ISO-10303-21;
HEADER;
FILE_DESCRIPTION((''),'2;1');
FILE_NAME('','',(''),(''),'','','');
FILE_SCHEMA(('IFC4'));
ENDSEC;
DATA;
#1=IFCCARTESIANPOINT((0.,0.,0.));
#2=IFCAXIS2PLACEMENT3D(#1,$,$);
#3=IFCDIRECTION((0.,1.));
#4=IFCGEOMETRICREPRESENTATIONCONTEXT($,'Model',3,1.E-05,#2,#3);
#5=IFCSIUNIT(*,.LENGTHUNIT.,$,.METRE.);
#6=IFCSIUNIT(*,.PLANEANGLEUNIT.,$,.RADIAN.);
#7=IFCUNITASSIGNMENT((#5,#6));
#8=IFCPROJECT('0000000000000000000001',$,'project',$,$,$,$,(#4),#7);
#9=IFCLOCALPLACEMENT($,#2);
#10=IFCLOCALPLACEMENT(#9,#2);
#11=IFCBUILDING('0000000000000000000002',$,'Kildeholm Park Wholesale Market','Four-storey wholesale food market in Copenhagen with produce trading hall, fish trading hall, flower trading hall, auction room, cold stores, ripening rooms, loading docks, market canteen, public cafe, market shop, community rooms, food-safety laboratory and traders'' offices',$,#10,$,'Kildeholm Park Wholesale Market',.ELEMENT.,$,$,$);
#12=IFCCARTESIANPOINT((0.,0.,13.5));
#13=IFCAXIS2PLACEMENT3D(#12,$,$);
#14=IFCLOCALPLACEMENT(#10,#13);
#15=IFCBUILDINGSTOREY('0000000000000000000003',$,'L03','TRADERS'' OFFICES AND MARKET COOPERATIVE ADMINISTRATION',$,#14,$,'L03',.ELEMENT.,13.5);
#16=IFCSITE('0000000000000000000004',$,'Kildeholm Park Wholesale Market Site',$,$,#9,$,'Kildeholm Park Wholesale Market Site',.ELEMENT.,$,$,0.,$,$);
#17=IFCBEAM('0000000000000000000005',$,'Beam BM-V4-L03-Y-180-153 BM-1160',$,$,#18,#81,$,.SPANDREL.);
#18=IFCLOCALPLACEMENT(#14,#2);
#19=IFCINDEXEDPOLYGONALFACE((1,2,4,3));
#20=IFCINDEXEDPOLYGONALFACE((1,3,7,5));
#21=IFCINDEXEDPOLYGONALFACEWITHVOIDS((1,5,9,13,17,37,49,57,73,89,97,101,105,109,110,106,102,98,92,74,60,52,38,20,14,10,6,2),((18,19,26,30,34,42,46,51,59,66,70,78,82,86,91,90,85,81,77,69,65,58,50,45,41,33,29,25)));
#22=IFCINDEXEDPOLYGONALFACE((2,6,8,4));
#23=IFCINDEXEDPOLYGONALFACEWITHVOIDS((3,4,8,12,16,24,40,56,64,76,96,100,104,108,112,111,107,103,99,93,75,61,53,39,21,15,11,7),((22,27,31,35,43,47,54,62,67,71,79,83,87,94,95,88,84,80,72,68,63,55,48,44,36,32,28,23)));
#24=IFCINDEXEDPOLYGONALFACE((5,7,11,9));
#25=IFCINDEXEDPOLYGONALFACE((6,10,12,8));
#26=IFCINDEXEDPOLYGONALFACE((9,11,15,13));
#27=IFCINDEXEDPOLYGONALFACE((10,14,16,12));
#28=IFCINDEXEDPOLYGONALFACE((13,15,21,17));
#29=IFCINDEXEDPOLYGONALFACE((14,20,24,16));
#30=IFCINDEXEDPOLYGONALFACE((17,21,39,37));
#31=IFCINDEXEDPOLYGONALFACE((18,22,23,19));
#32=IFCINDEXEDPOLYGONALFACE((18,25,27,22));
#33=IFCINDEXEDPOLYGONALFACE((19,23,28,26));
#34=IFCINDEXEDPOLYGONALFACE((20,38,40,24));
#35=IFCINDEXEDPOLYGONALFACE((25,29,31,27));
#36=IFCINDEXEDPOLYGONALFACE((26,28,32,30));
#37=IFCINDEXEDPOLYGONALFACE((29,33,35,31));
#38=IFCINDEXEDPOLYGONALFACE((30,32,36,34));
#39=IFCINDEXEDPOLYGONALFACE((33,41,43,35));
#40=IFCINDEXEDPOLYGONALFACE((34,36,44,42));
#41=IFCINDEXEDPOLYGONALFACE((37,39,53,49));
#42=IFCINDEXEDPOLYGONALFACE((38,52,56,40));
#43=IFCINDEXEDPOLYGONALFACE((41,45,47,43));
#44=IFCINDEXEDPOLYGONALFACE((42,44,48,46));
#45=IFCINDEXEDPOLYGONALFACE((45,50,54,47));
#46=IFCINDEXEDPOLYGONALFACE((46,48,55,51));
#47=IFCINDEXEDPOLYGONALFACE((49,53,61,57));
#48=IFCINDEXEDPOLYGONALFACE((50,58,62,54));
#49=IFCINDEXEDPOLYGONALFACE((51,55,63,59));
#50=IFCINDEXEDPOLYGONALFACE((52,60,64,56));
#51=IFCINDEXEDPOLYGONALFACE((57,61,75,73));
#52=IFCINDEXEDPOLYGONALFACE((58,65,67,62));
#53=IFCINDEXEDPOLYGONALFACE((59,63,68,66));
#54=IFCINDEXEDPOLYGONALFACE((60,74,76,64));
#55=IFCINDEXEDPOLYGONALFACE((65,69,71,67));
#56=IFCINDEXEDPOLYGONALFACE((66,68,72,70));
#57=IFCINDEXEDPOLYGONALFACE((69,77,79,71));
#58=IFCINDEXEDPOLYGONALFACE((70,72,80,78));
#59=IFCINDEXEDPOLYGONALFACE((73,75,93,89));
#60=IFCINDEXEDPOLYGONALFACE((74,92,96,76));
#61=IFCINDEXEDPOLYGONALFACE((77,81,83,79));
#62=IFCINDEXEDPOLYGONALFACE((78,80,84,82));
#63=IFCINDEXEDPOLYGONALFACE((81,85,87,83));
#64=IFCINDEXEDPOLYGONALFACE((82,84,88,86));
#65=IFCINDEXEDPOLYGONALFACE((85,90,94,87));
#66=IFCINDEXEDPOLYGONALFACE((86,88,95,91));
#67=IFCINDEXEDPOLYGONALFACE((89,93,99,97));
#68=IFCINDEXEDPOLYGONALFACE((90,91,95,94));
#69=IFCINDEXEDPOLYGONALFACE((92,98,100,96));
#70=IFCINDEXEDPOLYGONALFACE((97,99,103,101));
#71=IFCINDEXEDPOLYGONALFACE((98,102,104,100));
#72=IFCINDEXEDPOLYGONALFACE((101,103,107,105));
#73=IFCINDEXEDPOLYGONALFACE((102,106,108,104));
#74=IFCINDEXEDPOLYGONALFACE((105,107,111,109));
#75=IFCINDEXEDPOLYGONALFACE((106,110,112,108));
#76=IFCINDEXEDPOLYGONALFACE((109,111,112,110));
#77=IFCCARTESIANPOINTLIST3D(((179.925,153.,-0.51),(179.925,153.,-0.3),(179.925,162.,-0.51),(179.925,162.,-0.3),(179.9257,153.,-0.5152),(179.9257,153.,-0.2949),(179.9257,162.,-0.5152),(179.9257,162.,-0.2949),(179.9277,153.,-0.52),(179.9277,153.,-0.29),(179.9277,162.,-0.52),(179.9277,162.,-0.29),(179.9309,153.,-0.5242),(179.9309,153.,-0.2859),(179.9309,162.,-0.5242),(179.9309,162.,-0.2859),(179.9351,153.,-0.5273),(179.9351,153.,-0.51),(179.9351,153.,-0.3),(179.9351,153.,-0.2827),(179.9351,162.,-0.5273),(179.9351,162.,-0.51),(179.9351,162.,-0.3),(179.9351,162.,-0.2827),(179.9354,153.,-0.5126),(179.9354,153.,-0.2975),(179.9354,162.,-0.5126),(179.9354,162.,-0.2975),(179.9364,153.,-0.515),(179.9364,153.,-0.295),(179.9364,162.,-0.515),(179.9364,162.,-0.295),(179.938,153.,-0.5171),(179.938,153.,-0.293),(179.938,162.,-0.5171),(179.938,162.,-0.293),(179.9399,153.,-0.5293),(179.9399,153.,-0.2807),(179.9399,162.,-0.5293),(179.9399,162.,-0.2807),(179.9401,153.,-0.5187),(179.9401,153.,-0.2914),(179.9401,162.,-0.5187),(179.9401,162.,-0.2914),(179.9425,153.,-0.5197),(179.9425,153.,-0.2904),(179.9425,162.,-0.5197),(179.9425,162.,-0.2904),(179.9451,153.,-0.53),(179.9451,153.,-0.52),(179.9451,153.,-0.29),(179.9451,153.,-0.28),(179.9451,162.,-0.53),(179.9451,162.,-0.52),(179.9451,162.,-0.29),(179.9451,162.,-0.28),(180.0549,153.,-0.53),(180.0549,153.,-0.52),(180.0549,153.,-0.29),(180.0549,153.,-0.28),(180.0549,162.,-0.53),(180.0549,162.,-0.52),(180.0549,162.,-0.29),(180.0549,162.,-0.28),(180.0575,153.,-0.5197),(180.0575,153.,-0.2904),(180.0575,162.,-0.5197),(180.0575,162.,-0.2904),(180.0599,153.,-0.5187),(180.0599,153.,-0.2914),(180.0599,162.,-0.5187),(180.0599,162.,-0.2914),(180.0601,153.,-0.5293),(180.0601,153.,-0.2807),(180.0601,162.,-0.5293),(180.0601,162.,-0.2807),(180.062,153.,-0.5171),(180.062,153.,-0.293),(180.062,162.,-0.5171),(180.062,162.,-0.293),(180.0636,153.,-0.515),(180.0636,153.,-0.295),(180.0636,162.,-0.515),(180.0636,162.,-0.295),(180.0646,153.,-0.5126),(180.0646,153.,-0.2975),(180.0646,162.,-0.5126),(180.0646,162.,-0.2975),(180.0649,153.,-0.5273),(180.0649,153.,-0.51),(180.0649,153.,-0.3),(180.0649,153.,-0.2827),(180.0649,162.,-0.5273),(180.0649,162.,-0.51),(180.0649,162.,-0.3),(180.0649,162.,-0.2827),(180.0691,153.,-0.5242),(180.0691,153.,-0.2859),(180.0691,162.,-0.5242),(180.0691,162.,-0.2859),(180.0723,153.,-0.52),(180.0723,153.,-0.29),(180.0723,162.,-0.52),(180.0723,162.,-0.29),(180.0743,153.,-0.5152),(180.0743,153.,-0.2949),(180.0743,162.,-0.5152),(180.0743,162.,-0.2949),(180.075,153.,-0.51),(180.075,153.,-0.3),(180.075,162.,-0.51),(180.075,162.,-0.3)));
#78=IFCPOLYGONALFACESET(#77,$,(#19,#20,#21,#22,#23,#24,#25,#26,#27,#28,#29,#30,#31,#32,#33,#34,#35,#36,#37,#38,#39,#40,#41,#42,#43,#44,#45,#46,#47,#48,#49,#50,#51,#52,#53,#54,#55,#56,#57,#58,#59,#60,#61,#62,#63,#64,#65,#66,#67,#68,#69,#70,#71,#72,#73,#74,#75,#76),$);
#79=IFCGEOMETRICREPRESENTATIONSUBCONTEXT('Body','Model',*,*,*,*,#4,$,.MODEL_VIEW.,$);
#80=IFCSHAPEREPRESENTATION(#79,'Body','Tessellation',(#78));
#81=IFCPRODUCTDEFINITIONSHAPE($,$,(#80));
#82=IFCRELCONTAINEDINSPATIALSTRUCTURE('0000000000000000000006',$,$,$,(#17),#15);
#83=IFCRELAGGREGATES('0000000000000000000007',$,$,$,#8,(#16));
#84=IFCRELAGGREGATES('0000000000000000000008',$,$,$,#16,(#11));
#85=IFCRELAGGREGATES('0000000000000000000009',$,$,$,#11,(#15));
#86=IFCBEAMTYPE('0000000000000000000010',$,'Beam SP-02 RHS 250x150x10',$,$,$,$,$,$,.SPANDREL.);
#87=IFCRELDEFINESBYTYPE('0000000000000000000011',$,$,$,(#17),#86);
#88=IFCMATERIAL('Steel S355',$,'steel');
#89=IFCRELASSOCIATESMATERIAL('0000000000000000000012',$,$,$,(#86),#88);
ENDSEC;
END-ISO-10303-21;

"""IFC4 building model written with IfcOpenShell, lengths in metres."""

from ifc_helpers import new_model, si_unit, direction, frame, origin, origin_2d, place, context, subcontext, project, spatial, hollow_rectangle, extrude, material, material_profile, profile_set, type_object, element, save


model = new_model("IFC4")

# Units and contexts
model_context = context("Model", 3, precision=1e-05, world=origin(), true_north=direction((0.0, 1.0)))
body_context = subcontext(model_context, "Body", "Model", "MODEL_VIEW")
ifc_project = project(units=[si_unit("LENGTHUNIT", "METRE"), si_unit("PLANEANGLEUNIT", "RADIAN")], contexts=[model_context])

# Site, building, storey
site_placement = place(None, origin())
site = spatial("IfcSite", under=ifc_project, at=site_placement, Name="Kildeholm Park Wholesale Market Site", LongName="Kildeholm Park Wholesale Market Site", CompositionType="ELEMENT", RefElevation=0.0)
building_placement = place(site_placement, origin())
building = spatial("IfcBuilding", under=site, at=building_placement, Name="Kildeholm Park Wholesale Market", Description="Four-storey wholesale food market in Copenhagen with produce trading hall, fish trading hall, flower trading hall, auction room, cold stores, ripening rooms, loading docks, market canteen, public cafe, market shop, community rooms, food-safety laboratory and traders' offices", LongName="Kildeholm Park Wholesale Market", CompositionType="ELEMENT")
storey_placement = place(building_placement, frame((0.0, 0.0, 13.5)))
storey = spatial("IfcBuildingStorey", under=building, at=storey_placement, Name="L03", Description="TRADERS' OFFICES AND MARKET COOPERATIVE ADMINISTRATION", LongName="L03", CompositionType="ELEMENT", Elevation=13.5)

# Beam
ifc_material = material(Name="Steel S355", Category="steel")
ifc_material_profile_1 = material_profile(ifc_material, hollow_rectangle(XDim=0.1499, YDim=0.25, WallThickness=0.01, InnerFilletRadius=0.01, OuterFilletRadius=0.02, at=origin_2d()), Name="RHS 250x150x10")
ifc_profile_set_1 = profile_set([ifc_material_profile_1], Name="Steel S355")
beam_type_1 = type_object("IfcBeamType", Name="Beam SP-02 RHS 250x150x10", PredefinedType="SPANDREL", material=ifc_profile_set_1)
for number, where, z_axis, x_axis, name in (
    (1, (180.0, 153.0, -0.405), (0.0, 1.0, 0.0), (-1.0, 0.0, 0.0), "Beam BM-V4-L03-Y-180-153 BM-1160"),
):
    element("IfcBeam", number, at=place(storey_placement, frame(where, z_axis=z_axis, x_axis=x_axis)), inside=storey, type_object=beam_type_1, Name=name, PredefinedType="SPANDREL", context=body_context, shape_type="SweptSolid", body=[
        extrude(hollow_rectangle(XDim=0.1499, YDim=0.25, WallThickness=0.01, InnerFilletRadius=0.01, OuterFilletRadius=0.02, at=origin_2d()), origin(), (0.0, 0.0, 1.0), 9.0),
    ])

save(model, "model.ifc")
